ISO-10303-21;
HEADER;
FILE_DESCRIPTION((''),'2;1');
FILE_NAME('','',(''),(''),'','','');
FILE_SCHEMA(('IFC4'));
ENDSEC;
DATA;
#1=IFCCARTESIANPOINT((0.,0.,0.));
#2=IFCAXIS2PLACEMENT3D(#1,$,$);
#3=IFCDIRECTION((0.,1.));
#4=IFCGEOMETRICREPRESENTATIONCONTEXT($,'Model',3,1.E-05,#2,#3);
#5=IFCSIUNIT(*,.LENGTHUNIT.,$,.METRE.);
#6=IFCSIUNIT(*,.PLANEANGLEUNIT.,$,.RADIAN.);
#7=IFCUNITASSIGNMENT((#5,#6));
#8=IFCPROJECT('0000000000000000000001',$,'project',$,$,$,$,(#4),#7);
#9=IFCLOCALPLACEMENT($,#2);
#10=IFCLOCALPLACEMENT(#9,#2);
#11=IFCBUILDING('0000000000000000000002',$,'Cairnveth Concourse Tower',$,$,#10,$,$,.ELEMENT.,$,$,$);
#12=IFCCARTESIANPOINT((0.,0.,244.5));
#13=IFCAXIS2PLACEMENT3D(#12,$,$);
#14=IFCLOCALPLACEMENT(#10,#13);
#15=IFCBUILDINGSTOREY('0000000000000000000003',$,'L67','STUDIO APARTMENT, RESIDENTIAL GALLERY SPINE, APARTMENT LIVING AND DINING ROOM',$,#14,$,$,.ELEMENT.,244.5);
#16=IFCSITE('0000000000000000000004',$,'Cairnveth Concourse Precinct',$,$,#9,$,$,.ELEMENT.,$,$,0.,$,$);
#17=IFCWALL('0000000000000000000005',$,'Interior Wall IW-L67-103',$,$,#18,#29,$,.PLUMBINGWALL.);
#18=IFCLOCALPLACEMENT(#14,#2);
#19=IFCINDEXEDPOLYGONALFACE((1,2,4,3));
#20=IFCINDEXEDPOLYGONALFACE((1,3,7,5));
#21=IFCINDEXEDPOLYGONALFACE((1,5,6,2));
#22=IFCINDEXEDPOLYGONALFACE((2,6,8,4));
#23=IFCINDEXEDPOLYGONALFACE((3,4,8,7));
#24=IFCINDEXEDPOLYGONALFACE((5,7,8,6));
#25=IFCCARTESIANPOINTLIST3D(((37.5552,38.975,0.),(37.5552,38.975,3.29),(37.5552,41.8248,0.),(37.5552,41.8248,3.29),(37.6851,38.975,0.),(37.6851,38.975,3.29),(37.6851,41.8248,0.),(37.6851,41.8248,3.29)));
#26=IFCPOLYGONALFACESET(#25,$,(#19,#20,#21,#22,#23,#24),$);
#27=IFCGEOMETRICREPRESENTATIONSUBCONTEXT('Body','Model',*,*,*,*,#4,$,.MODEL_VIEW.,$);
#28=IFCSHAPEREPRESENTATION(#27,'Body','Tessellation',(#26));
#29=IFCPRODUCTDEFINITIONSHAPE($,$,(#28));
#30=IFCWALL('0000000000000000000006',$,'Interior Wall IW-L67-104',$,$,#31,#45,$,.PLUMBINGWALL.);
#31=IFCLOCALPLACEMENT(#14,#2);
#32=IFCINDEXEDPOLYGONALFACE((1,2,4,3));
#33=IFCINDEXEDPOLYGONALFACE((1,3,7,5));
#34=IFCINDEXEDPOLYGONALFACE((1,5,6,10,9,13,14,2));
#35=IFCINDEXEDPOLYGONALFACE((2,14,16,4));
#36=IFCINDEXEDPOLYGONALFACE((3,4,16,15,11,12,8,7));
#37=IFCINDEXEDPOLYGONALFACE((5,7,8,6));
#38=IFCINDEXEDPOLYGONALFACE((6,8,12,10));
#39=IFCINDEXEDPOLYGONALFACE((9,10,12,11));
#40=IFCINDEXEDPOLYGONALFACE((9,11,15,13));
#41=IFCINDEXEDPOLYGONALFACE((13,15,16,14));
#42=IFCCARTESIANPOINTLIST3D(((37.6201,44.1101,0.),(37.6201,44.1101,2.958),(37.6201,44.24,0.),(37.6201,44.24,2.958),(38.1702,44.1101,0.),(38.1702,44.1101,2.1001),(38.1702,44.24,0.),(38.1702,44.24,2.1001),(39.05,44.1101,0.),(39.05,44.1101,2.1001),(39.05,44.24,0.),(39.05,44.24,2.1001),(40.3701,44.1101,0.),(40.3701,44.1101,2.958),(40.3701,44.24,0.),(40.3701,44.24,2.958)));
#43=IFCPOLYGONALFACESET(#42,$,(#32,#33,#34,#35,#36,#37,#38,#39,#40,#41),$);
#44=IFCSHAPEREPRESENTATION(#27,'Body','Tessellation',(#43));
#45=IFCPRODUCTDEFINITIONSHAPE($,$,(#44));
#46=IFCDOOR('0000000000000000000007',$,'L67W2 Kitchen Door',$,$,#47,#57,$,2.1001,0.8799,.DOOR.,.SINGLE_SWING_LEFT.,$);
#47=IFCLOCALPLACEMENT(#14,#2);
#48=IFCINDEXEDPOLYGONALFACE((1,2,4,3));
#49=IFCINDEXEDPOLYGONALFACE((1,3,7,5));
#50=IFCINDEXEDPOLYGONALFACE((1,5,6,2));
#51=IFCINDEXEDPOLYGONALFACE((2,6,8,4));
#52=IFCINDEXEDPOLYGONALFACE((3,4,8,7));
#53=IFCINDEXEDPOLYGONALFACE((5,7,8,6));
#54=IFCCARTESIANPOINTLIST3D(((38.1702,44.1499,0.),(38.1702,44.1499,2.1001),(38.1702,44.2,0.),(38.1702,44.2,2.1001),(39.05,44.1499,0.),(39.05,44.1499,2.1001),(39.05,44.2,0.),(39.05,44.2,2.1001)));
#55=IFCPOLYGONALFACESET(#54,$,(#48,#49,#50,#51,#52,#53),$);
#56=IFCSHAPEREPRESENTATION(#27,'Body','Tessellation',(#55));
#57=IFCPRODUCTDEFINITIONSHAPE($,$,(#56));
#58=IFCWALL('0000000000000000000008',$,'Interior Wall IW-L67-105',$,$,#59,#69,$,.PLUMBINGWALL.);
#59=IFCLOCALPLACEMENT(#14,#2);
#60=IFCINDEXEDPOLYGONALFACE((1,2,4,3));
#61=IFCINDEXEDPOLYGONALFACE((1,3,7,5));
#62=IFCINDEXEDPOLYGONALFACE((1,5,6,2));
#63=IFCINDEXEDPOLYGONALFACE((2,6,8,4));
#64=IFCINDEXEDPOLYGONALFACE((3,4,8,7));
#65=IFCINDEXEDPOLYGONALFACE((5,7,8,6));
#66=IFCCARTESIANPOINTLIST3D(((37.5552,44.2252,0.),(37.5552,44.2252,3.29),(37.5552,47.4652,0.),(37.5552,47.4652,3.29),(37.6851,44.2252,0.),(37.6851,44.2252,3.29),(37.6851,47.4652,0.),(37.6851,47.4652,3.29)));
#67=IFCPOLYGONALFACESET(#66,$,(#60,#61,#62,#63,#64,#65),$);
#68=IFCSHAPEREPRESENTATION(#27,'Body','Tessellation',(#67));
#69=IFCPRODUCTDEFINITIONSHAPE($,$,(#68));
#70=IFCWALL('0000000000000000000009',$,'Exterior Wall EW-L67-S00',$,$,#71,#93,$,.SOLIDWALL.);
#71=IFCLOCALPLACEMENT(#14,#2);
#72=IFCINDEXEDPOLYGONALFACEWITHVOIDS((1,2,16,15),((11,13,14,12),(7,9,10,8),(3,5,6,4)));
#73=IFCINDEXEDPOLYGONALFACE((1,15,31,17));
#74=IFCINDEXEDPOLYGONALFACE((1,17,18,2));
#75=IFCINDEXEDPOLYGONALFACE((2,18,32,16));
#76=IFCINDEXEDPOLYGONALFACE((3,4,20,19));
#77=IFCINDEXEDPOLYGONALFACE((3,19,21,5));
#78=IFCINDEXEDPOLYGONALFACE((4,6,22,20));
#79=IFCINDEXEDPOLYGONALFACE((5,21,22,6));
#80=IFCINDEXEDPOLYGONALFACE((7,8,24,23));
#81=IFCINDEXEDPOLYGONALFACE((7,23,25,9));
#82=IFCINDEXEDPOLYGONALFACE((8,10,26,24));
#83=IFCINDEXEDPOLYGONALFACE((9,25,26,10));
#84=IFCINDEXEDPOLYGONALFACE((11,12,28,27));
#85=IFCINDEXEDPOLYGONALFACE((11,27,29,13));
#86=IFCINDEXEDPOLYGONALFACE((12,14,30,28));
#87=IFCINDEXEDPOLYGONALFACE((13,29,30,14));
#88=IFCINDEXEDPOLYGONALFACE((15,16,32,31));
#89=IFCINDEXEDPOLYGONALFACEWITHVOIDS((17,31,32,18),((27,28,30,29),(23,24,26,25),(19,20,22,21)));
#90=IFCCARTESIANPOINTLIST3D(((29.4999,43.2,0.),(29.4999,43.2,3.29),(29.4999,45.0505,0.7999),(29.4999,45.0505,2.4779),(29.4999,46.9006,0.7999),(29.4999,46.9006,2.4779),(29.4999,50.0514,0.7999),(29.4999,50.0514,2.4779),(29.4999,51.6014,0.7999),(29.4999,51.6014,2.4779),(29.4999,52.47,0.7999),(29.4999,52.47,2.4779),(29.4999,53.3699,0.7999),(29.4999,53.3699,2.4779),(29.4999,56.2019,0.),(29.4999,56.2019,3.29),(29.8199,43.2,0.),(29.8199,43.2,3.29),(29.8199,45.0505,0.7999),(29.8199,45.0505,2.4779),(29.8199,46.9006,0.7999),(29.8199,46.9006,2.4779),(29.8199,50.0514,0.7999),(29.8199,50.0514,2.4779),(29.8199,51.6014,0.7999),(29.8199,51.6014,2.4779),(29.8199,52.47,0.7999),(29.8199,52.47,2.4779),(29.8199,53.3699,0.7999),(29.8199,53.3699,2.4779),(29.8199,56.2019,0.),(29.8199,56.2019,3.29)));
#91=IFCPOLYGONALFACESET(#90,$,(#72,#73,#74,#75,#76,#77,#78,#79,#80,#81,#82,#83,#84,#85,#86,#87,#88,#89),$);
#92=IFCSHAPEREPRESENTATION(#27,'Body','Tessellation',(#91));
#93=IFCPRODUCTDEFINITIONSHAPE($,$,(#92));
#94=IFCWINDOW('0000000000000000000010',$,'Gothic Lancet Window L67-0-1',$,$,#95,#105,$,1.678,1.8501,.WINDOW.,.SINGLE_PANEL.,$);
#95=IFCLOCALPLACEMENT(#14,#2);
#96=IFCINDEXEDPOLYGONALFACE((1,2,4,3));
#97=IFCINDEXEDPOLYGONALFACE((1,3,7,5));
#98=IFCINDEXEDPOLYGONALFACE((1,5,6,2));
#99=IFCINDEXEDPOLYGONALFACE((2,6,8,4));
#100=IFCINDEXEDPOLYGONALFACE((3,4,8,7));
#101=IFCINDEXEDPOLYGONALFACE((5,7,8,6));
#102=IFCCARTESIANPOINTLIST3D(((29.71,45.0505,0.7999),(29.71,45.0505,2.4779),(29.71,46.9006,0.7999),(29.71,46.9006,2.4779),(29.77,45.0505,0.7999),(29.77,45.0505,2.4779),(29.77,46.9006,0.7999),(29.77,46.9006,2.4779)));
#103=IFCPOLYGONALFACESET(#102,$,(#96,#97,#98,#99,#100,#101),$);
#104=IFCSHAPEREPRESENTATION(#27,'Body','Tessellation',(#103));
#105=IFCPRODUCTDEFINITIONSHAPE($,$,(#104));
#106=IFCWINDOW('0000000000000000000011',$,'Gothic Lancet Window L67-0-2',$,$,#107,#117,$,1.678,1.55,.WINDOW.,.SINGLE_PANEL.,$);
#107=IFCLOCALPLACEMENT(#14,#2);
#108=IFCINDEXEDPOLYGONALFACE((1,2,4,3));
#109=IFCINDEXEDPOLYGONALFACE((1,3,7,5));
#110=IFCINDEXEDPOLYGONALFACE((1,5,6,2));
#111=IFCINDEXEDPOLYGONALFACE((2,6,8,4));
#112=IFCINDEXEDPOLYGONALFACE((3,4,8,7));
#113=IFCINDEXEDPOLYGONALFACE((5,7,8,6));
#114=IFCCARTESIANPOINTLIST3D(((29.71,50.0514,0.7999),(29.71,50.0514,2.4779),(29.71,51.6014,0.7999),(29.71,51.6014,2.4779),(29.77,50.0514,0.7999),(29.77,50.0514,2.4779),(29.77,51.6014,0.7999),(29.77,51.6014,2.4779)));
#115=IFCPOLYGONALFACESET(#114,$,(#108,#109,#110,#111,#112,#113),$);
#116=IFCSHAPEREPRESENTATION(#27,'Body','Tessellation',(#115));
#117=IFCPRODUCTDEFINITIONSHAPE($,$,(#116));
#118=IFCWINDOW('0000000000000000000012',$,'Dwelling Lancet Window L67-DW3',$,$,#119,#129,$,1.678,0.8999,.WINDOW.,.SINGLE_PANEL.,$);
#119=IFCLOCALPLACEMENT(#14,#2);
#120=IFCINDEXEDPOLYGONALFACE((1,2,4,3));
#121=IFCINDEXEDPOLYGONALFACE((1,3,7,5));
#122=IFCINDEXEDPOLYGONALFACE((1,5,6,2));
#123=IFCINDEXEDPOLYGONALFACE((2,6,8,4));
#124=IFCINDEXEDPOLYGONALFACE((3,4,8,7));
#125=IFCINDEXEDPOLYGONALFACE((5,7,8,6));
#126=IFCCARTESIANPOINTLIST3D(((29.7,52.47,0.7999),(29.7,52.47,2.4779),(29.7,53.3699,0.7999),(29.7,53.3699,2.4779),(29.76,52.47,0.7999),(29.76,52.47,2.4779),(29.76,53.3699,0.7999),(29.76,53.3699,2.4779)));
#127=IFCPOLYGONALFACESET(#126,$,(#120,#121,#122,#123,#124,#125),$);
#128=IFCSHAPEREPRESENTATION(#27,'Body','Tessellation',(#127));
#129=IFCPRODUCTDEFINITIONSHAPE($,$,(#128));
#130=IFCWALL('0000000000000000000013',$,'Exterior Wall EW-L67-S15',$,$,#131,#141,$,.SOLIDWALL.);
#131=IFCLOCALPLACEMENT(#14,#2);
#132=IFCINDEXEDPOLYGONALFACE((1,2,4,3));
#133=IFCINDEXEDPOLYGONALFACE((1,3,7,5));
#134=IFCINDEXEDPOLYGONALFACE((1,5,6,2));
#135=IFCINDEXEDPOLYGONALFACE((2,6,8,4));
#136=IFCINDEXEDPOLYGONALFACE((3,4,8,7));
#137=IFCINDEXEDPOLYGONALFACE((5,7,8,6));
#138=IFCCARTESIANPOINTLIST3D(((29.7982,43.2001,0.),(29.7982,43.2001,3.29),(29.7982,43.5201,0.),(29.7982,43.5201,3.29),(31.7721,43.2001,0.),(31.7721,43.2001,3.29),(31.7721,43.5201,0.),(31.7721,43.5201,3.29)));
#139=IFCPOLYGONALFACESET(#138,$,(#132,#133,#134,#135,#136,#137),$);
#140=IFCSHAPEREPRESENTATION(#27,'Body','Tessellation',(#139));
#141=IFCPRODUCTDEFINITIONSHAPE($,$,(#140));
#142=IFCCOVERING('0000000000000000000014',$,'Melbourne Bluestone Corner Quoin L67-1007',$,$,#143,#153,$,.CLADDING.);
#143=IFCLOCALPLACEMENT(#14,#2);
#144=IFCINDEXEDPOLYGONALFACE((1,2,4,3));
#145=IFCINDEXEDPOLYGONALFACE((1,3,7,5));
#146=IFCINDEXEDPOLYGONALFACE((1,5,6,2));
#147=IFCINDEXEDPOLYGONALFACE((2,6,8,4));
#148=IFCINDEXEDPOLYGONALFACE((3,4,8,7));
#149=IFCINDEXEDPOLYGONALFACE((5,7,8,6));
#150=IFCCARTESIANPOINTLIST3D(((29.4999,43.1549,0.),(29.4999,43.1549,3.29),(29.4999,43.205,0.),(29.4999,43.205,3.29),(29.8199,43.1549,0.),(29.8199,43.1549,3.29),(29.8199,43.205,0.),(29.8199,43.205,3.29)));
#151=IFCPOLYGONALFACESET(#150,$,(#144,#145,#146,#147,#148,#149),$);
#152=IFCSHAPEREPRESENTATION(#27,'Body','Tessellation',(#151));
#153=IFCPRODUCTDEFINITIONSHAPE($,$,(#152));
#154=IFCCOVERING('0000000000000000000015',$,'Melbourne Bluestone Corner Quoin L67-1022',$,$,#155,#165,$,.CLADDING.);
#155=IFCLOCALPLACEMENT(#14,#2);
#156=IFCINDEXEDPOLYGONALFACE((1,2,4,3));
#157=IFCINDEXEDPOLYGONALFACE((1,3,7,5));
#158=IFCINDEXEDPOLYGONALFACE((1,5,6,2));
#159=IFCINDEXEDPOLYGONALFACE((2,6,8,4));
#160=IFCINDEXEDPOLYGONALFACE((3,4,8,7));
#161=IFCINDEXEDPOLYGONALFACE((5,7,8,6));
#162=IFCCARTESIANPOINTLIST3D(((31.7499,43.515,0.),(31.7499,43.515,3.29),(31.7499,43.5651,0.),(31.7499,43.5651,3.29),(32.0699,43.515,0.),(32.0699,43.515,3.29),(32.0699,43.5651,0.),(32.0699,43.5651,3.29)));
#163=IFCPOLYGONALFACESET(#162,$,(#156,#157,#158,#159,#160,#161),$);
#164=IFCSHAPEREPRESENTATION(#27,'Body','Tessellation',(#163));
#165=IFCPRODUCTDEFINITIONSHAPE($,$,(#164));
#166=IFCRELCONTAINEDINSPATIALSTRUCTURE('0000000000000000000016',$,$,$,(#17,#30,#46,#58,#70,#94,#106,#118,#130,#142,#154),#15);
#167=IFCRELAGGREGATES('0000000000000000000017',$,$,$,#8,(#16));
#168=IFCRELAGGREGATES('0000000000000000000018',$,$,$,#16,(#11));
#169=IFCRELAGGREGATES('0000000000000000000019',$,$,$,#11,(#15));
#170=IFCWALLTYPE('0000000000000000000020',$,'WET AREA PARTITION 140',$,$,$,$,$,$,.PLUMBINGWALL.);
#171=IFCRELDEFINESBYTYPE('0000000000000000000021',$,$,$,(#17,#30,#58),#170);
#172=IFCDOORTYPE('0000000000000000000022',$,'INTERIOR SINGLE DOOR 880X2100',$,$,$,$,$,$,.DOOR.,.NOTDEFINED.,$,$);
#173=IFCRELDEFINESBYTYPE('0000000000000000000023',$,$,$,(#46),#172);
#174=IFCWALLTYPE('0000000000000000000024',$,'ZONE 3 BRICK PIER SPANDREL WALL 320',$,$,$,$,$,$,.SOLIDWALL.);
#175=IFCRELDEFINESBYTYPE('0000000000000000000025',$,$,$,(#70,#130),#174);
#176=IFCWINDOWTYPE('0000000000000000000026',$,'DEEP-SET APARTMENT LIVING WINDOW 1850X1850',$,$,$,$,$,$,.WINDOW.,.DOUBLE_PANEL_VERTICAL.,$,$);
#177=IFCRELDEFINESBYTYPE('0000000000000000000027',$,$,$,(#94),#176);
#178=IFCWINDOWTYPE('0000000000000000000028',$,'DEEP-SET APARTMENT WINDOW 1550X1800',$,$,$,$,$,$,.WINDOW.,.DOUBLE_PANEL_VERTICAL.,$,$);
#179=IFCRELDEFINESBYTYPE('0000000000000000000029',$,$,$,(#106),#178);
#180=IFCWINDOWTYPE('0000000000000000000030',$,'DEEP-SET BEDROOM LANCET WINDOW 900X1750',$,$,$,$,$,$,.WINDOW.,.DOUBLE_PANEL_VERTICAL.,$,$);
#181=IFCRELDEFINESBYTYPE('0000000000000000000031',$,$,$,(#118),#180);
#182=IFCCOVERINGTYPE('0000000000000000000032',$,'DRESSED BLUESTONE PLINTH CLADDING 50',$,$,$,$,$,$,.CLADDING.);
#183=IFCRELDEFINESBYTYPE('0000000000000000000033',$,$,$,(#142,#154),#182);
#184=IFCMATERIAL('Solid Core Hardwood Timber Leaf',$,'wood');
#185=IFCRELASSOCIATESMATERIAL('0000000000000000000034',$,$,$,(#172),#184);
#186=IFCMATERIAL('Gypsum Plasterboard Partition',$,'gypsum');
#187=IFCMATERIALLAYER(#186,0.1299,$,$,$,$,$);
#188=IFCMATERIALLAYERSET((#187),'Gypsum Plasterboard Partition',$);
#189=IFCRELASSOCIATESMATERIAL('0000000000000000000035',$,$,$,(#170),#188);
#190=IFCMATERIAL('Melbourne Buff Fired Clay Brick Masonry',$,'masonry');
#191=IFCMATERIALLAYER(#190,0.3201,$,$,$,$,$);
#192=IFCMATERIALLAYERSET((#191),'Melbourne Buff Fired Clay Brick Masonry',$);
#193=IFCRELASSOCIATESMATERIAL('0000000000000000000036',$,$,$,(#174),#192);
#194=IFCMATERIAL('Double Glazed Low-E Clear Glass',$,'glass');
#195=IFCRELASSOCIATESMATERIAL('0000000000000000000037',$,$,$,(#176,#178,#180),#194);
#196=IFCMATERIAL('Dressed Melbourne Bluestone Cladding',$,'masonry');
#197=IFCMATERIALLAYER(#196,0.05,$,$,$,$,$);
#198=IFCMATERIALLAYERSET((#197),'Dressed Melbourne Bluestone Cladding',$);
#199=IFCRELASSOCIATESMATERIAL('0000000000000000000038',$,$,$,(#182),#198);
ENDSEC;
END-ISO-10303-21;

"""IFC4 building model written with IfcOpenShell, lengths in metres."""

from ifc_helpers import new_model, si_unit, direction, frame, frame_2d, origin, place, context, subcontext, project, spatial, rectangle, extrude, material, layer, layer_set, type_object, element, fill, save


model = new_model("IFC4")

# Units and contexts
model_context = context("Model", 3, precision=1e-05, world=origin(), true_north=direction((0.0, 1.0)))
body_context = subcontext(model_context, "Body", "Model", "MODEL_VIEW")
ifc_project = project(units=[si_unit("LENGTHUNIT", "METRE"), si_unit("PLANEANGLEUNIT", "RADIAN")], contexts=[model_context])

# Site, building, storey
site_placement = place(None, origin())
site = spatial("IfcSite", under=ifc_project, at=site_placement, Name="Cairnveth Concourse Precinct", CompositionType="ELEMENT", RefElevation=0.0)
building_placement = place(site_placement, origin())
building = spatial("IfcBuilding", under=site, at=building_placement, Name="Cairnveth Concourse Tower", CompositionType="ELEMENT")
storey_placement = place(building_placement, frame((0.0, 0.0, 244.5)))
storey = spatial("IfcBuildingStorey", under=building, at=storey_placement, Name="L67", Description="STUDIO APARTMENT, RESIDENTIAL GALLERY SPINE, APARTMENT LIVING AND DINING ROOM", CompositionType="ELEMENT", Elevation=244.5)

# Shared definitions
ifc_material_1 = material(Name="Gypsum Plasterboard Partition", Category="gypsum")

# Shared definitions
ifc_material_2 = material(Name="Solid Core Hardwood Timber Leaf", Category="wood")
door_type_1 = type_object("IfcDoorType", Name="INTERIOR SINGLE DOOR 880X2100", OperationType="NOTDEFINED", PredefinedType="DOOR", material=ifc_material_2)

# Shared definitions
ifc_layer_1 = layer(ifc_material_1, 0.1299)
ifc_layer_set_1 = layer_set([ifc_layer_1], Name="Gypsum Plasterboard Partition")
wall_type_1 = type_object("IfcWallType", Name="WET AREA PARTITION 140", PredefinedType="PLUMBINGWALL", material=ifc_layer_set_1)

# Wall
wall_1_placement = place(storey_placement, frame((37.6201, 38.9751, 0.0), z_axis=(0.0, 0.0, 1.0), x_axis=(0.0, 1.0, 0.0)))
element("IfcWall", 1, at=wall_1_placement, inside=storey, type_object=wall_type_1, Name="Interior Wall IW-L67-103", PredefinedType="PLUMBINGWALL", context=body_context, shape_type="SweptSolid", body=[
    extrude(rectangle(XDim=2.8499, YDim=0.1299, at=frame_2d((1.4248, 0.0))), origin(), (0.0, 0.0, 1.0), 3.29),
])

# Wall, opening, door
wall_2_placement = place(storey_placement, frame((37.6201, 44.175, 0.0), z_axis=(0.0, 0.0, 1.0), x_axis=(1.0, 0.0, 0.0)))
wall_2 = element("IfcWall", 2, at=wall_2_placement, inside=storey, type_object=wall_type_1, Name="Interior Wall IW-L67-104", PredefinedType="PLUMBINGWALL", context=body_context, shape_type="SweptSolid", body=[
    extrude(rectangle(XDim=2.75, YDim=0.1299, at=frame_2d((1.375, 0.0))), origin(), (0.0, 0.0, 1.0), 2.958),
])
opening_1_placement = place(wall_2_placement, frame((0.55, 0.0, 0.0)))
opening_1 = element("IfcOpeningElement", 3, at=opening_1_placement, cuts=wall_2, PredefinedType="OPENING", context=body_context, shape_type="SweptSolid", body=[
    extrude(rectangle(XDim=0.8799, YDim=2.1001, at=frame_2d((0.4399, 1.05))), frame((0.0, 0.075, 0.0), z_axis=(0.0, -1.0, 0.0), x_axis=(1.0, 0.0, 0.0)), (0.0, 0.0, 1.0), 0.1499),
])
door_1_placement = place(opening_1_placement, origin())
door_1 = element("IfcDoor", 4, at=door_1_placement, inside=storey, type_object=door_type_1, Name="L67W2 Kitchen Door", OperationType="SINGLE_SWING_LEFT", OverallHeight=2.1001, OverallWidth=0.8799, PredefinedType="DOOR", context=body_context, shape_type="SweptSolid", body=[
    extrude(rectangle(XDim=0.8799, YDim=2.1001, at=frame_2d((0.4399, 1.05))), frame((0.0, 0.0249, 0.0), z_axis=(0.0, -1.0, 0.0), x_axis=(1.0, 0.0, 0.0)), (0.0, 0.0, 1.0), 0.05),
])
fill(opening_1, door_1)

# Wall
wall_3_placement = place(storey_placement, frame((37.6201, 44.2251, 0.0), z_axis=(0.0, 0.0, 1.0), x_axis=(0.0, 1.0, 0.0)))
element("IfcWall", 5, at=wall_3_placement, inside=storey, type_object=wall_type_1, Name="Interior Wall IW-L67-105", PredefinedType="PLUMBINGWALL", context=body_context, shape_type="SweptSolid", body=[
    extrude(rectangle(XDim=3.24, YDim=0.1299, at=frame_2d((1.6201, 0.0))), origin(), (0.0, 0.0, 1.0), 3.29),
])

# Wall, openings, windows
ifc_material_3 = material(Name="Melbourne Buff Fired Clay Brick Masonry", Category="masonry")
ifc_layer_2 = layer(ifc_material_3, 0.3201)
ifc_layer_set_2 = layer_set([ifc_layer_2], Name="Melbourne Buff Fired Clay Brick Masonry")
wall_type_2 = type_object("IfcWallType", Name="ZONE 3 BRICK PIER SPANDREL WALL 320", PredefinedType="SOLIDWALL", material=ifc_layer_set_2)
wall_4_placement = place(storey_placement, frame((29.6599, 43.2, 0.0), z_axis=(0.0, 0.0, 1.0), x_axis=(0.0, 1.0, 0.0)))
wall_4 = element("IfcWall", 6, at=wall_4_placement, inside=storey, type_object=wall_type_2, Name="Exterior Wall EW-L67-S00", PredefinedType="SOLIDWALL", context=body_context, shape_type="SweptSolid", body=[
    extrude(rectangle(XDim=13.002, YDim=0.3201, at=frame_2d((6.501, 0.0))), origin(), (0.0, 0.0, 1.0), 3.29),
])
opening_2_placement = place(wall_4_placement, frame((1.8506, 0.0, 0.8)))
opening_2 = element("IfcOpeningElement", 7, at=opening_2_placement, cuts=wall_4, PredefinedType="OPENING", context=body_context, shape_type="SweptSolid", body=[
    extrude(rectangle(XDim=1.8501, YDim=1.678, at=frame_2d((0.925, 0.8389))), frame((0.0, 0.1699, 0.0), z_axis=(0.0, -1.0, 0.0), x_axis=(1.0, 0.0, 0.0)), (0.0, 0.0, 1.0), 0.3401),
])
opening_3_placement = place(wall_4_placement, frame((6.8516, 0.0, 0.8)))
opening_3 = element("IfcOpeningElement", 8, at=opening_3_placement, cuts=wall_4, PredefinedType="OPENING", context=body_context, shape_type="SweptSolid", body=[
    extrude(rectangle(XDim=1.55, YDim=1.678, at=frame_2d((0.7749, 0.8389))), frame((0.0, 0.1699, 0.0), z_axis=(0.0, -1.0, 0.0), x_axis=(1.0, 0.0, 0.0)), (0.0, 0.0, 1.0), 0.3401),
])
opening_4_placement = place(wall_4_placement, frame((9.27, 0.0, 0.8)))
opening_4 = element("IfcOpeningElement", 9, at=opening_4_placement, cuts=wall_4, PredefinedType="OPENING", context=body_context, shape_type="SweptSolid", body=[
    extrude(rectangle(XDim=0.8999, YDim=1.678, at=frame_2d((0.45, 0.8389))), frame((0.0, 0.1699, 0.0), z_axis=(0.0, -1.0, 0.0), x_axis=(1.0, 0.0, 0.0)), (0.0, 0.0, 1.0), 0.3401),
])
ifc_material_4 = material(Name="Double Glazed Low-E Clear Glass", Category="glass")
window_type_1 = type_object("IfcWindowType", Name="DEEP-SET APARTMENT LIVING WINDOW 1850X1850", PartitioningType="DOUBLE_PANEL_VERTICAL", PredefinedType="WINDOW", material=ifc_material_4)
window_1_placement = place(opening_2_placement, origin())
window_1 = element("IfcWindow", 10, at=window_1_placement, inside=storey, type_object=window_type_1, Name="Gothic Lancet Window L67-0-1", OverallHeight=1.678, OverallWidth=1.8501, PartitioningType="SINGLE_PANEL", PredefinedType="WINDOW", context=body_context, shape_type="SweptSolid", body=[
    extrude(rectangle(XDim=1.8501, YDim=1.678, at=frame_2d((0.925, 0.8389))), frame((0.0, -0.05, 0.0), z_axis=(0.0, -1.0, 0.0), x_axis=(1.0, 0.0, 0.0)), (0.0, 0.0, 1.0), 0.0601),
])
fill(opening_2, window_1)
window_type_2 = type_object("IfcWindowType", Name="DEEP-SET APARTMENT WINDOW 1550X1800", PartitioningType="DOUBLE_PANEL_VERTICAL", PredefinedType="WINDOW", material=ifc_material_4)
window_2_placement = place(opening_3_placement, origin())
window_2 = element("IfcWindow", 11, at=window_2_placement, inside=storey, type_object=window_type_2, Name="Gothic Lancet Window L67-0-2", OverallHeight=1.678, OverallWidth=1.55, PartitioningType="SINGLE_PANEL", PredefinedType="WINDOW", context=body_context, shape_type="SweptSolid", body=[
    extrude(rectangle(XDim=1.55, YDim=1.678, at=frame_2d((0.7749, 0.8389))), frame((0.0, -0.05, 0.0), z_axis=(0.0, -1.0, 0.0), x_axis=(1.0, 0.0, 0.0)), (0.0, 0.0, 1.0), 0.0601),
])
fill(opening_3, window_2)
window_type_3 = type_object("IfcWindowType", Name="DEEP-SET BEDROOM LANCET WINDOW 900X1750", PartitioningType="DOUBLE_PANEL_VERTICAL", PredefinedType="WINDOW", material=ifc_material_4)
window_3_placement = place(opening_4_placement, origin())
window_3 = element("IfcWindow", 12, at=window_3_placement, inside=storey, type_object=window_type_3, Name="Dwelling Lancet Window L67-DW3", OverallHeight=1.678, OverallWidth=0.8999, PartitioningType="SINGLE_PANEL", PredefinedType="WINDOW", context=body_context, shape_type="SweptSolid", body=[
    extrude(rectangle(XDim=0.8999, YDim=1.678, at=frame_2d((0.45, 0.8389))), frame((0.0, -0.04, 0.0), z_axis=(0.0, -1.0, 0.0), x_axis=(1.0, 0.0, 0.0)), (0.0, 0.0, 1.0), 0.0601),
])
fill(opening_4, window_3)

# Wall
wall_5_placement = place(storey_placement, frame((31.772, 43.3601, 0.0), z_axis=(0.0, 0.0, 1.0), x_axis=(-1.0, 0.0, 0.0)))
element("IfcWall", 13, at=wall_5_placement, inside=storey, type_object=wall_type_2, Name="Exterior Wall EW-L67-S15", PredefinedType="SOLIDWALL", context=body_context, shape_type="SweptSolid", body=[
    extrude(rectangle(XDim=1.9739, YDim=0.3201, at=frame_2d((0.9868, 0.0))), origin(), (0.0, 0.0, 1.0), 3.29),
])

# Coverings
ifc_material_5 = material(Name="Dressed Melbourne Bluestone Cladding", Category="masonry")
ifc_layer_3 = layer(ifc_material_5, 0.05)
ifc_layer_set_3 = layer_set([ifc_layer_3], Name="Dressed Melbourne Bluestone Cladding")
covering_type = type_object("IfcCoveringType", Name="DRESSED BLUESTONE PLINTH CLADDING 50", PredefinedType="CLADDING", material=ifc_layer_set_3)
for number, where, z_axis, x_axis, name in (
    (14, (29.8201, 43.1799, 0.0), (0.0, 0.0, 1.0), (-1.0, 0.0, 0.0), "Melbourne Bluestone Corner Quoin L67-1007"),
    (15, (32.0701, 43.54, 0.0), (0.0, 0.0, 1.0), (-1.0, 0.0, 0.0), "Melbourne Bluestone Corner Quoin L67-1022"),
):
    element("IfcCovering", number, at=place(storey_placement, frame(where, z_axis=z_axis, x_axis=x_axis)), inside=storey, type_object=covering_type, Name=name, PredefinedType="CLADDING", context=body_context, shape_type="SweptSolid", body=[
        extrude(rectangle(XDim=0.3201, YDim=0.05, at=frame_2d((0.1602, 0.0))), origin(), (0.0, 0.0, 1.0), 3.29),
    ])

save(model, "model.ifc")
